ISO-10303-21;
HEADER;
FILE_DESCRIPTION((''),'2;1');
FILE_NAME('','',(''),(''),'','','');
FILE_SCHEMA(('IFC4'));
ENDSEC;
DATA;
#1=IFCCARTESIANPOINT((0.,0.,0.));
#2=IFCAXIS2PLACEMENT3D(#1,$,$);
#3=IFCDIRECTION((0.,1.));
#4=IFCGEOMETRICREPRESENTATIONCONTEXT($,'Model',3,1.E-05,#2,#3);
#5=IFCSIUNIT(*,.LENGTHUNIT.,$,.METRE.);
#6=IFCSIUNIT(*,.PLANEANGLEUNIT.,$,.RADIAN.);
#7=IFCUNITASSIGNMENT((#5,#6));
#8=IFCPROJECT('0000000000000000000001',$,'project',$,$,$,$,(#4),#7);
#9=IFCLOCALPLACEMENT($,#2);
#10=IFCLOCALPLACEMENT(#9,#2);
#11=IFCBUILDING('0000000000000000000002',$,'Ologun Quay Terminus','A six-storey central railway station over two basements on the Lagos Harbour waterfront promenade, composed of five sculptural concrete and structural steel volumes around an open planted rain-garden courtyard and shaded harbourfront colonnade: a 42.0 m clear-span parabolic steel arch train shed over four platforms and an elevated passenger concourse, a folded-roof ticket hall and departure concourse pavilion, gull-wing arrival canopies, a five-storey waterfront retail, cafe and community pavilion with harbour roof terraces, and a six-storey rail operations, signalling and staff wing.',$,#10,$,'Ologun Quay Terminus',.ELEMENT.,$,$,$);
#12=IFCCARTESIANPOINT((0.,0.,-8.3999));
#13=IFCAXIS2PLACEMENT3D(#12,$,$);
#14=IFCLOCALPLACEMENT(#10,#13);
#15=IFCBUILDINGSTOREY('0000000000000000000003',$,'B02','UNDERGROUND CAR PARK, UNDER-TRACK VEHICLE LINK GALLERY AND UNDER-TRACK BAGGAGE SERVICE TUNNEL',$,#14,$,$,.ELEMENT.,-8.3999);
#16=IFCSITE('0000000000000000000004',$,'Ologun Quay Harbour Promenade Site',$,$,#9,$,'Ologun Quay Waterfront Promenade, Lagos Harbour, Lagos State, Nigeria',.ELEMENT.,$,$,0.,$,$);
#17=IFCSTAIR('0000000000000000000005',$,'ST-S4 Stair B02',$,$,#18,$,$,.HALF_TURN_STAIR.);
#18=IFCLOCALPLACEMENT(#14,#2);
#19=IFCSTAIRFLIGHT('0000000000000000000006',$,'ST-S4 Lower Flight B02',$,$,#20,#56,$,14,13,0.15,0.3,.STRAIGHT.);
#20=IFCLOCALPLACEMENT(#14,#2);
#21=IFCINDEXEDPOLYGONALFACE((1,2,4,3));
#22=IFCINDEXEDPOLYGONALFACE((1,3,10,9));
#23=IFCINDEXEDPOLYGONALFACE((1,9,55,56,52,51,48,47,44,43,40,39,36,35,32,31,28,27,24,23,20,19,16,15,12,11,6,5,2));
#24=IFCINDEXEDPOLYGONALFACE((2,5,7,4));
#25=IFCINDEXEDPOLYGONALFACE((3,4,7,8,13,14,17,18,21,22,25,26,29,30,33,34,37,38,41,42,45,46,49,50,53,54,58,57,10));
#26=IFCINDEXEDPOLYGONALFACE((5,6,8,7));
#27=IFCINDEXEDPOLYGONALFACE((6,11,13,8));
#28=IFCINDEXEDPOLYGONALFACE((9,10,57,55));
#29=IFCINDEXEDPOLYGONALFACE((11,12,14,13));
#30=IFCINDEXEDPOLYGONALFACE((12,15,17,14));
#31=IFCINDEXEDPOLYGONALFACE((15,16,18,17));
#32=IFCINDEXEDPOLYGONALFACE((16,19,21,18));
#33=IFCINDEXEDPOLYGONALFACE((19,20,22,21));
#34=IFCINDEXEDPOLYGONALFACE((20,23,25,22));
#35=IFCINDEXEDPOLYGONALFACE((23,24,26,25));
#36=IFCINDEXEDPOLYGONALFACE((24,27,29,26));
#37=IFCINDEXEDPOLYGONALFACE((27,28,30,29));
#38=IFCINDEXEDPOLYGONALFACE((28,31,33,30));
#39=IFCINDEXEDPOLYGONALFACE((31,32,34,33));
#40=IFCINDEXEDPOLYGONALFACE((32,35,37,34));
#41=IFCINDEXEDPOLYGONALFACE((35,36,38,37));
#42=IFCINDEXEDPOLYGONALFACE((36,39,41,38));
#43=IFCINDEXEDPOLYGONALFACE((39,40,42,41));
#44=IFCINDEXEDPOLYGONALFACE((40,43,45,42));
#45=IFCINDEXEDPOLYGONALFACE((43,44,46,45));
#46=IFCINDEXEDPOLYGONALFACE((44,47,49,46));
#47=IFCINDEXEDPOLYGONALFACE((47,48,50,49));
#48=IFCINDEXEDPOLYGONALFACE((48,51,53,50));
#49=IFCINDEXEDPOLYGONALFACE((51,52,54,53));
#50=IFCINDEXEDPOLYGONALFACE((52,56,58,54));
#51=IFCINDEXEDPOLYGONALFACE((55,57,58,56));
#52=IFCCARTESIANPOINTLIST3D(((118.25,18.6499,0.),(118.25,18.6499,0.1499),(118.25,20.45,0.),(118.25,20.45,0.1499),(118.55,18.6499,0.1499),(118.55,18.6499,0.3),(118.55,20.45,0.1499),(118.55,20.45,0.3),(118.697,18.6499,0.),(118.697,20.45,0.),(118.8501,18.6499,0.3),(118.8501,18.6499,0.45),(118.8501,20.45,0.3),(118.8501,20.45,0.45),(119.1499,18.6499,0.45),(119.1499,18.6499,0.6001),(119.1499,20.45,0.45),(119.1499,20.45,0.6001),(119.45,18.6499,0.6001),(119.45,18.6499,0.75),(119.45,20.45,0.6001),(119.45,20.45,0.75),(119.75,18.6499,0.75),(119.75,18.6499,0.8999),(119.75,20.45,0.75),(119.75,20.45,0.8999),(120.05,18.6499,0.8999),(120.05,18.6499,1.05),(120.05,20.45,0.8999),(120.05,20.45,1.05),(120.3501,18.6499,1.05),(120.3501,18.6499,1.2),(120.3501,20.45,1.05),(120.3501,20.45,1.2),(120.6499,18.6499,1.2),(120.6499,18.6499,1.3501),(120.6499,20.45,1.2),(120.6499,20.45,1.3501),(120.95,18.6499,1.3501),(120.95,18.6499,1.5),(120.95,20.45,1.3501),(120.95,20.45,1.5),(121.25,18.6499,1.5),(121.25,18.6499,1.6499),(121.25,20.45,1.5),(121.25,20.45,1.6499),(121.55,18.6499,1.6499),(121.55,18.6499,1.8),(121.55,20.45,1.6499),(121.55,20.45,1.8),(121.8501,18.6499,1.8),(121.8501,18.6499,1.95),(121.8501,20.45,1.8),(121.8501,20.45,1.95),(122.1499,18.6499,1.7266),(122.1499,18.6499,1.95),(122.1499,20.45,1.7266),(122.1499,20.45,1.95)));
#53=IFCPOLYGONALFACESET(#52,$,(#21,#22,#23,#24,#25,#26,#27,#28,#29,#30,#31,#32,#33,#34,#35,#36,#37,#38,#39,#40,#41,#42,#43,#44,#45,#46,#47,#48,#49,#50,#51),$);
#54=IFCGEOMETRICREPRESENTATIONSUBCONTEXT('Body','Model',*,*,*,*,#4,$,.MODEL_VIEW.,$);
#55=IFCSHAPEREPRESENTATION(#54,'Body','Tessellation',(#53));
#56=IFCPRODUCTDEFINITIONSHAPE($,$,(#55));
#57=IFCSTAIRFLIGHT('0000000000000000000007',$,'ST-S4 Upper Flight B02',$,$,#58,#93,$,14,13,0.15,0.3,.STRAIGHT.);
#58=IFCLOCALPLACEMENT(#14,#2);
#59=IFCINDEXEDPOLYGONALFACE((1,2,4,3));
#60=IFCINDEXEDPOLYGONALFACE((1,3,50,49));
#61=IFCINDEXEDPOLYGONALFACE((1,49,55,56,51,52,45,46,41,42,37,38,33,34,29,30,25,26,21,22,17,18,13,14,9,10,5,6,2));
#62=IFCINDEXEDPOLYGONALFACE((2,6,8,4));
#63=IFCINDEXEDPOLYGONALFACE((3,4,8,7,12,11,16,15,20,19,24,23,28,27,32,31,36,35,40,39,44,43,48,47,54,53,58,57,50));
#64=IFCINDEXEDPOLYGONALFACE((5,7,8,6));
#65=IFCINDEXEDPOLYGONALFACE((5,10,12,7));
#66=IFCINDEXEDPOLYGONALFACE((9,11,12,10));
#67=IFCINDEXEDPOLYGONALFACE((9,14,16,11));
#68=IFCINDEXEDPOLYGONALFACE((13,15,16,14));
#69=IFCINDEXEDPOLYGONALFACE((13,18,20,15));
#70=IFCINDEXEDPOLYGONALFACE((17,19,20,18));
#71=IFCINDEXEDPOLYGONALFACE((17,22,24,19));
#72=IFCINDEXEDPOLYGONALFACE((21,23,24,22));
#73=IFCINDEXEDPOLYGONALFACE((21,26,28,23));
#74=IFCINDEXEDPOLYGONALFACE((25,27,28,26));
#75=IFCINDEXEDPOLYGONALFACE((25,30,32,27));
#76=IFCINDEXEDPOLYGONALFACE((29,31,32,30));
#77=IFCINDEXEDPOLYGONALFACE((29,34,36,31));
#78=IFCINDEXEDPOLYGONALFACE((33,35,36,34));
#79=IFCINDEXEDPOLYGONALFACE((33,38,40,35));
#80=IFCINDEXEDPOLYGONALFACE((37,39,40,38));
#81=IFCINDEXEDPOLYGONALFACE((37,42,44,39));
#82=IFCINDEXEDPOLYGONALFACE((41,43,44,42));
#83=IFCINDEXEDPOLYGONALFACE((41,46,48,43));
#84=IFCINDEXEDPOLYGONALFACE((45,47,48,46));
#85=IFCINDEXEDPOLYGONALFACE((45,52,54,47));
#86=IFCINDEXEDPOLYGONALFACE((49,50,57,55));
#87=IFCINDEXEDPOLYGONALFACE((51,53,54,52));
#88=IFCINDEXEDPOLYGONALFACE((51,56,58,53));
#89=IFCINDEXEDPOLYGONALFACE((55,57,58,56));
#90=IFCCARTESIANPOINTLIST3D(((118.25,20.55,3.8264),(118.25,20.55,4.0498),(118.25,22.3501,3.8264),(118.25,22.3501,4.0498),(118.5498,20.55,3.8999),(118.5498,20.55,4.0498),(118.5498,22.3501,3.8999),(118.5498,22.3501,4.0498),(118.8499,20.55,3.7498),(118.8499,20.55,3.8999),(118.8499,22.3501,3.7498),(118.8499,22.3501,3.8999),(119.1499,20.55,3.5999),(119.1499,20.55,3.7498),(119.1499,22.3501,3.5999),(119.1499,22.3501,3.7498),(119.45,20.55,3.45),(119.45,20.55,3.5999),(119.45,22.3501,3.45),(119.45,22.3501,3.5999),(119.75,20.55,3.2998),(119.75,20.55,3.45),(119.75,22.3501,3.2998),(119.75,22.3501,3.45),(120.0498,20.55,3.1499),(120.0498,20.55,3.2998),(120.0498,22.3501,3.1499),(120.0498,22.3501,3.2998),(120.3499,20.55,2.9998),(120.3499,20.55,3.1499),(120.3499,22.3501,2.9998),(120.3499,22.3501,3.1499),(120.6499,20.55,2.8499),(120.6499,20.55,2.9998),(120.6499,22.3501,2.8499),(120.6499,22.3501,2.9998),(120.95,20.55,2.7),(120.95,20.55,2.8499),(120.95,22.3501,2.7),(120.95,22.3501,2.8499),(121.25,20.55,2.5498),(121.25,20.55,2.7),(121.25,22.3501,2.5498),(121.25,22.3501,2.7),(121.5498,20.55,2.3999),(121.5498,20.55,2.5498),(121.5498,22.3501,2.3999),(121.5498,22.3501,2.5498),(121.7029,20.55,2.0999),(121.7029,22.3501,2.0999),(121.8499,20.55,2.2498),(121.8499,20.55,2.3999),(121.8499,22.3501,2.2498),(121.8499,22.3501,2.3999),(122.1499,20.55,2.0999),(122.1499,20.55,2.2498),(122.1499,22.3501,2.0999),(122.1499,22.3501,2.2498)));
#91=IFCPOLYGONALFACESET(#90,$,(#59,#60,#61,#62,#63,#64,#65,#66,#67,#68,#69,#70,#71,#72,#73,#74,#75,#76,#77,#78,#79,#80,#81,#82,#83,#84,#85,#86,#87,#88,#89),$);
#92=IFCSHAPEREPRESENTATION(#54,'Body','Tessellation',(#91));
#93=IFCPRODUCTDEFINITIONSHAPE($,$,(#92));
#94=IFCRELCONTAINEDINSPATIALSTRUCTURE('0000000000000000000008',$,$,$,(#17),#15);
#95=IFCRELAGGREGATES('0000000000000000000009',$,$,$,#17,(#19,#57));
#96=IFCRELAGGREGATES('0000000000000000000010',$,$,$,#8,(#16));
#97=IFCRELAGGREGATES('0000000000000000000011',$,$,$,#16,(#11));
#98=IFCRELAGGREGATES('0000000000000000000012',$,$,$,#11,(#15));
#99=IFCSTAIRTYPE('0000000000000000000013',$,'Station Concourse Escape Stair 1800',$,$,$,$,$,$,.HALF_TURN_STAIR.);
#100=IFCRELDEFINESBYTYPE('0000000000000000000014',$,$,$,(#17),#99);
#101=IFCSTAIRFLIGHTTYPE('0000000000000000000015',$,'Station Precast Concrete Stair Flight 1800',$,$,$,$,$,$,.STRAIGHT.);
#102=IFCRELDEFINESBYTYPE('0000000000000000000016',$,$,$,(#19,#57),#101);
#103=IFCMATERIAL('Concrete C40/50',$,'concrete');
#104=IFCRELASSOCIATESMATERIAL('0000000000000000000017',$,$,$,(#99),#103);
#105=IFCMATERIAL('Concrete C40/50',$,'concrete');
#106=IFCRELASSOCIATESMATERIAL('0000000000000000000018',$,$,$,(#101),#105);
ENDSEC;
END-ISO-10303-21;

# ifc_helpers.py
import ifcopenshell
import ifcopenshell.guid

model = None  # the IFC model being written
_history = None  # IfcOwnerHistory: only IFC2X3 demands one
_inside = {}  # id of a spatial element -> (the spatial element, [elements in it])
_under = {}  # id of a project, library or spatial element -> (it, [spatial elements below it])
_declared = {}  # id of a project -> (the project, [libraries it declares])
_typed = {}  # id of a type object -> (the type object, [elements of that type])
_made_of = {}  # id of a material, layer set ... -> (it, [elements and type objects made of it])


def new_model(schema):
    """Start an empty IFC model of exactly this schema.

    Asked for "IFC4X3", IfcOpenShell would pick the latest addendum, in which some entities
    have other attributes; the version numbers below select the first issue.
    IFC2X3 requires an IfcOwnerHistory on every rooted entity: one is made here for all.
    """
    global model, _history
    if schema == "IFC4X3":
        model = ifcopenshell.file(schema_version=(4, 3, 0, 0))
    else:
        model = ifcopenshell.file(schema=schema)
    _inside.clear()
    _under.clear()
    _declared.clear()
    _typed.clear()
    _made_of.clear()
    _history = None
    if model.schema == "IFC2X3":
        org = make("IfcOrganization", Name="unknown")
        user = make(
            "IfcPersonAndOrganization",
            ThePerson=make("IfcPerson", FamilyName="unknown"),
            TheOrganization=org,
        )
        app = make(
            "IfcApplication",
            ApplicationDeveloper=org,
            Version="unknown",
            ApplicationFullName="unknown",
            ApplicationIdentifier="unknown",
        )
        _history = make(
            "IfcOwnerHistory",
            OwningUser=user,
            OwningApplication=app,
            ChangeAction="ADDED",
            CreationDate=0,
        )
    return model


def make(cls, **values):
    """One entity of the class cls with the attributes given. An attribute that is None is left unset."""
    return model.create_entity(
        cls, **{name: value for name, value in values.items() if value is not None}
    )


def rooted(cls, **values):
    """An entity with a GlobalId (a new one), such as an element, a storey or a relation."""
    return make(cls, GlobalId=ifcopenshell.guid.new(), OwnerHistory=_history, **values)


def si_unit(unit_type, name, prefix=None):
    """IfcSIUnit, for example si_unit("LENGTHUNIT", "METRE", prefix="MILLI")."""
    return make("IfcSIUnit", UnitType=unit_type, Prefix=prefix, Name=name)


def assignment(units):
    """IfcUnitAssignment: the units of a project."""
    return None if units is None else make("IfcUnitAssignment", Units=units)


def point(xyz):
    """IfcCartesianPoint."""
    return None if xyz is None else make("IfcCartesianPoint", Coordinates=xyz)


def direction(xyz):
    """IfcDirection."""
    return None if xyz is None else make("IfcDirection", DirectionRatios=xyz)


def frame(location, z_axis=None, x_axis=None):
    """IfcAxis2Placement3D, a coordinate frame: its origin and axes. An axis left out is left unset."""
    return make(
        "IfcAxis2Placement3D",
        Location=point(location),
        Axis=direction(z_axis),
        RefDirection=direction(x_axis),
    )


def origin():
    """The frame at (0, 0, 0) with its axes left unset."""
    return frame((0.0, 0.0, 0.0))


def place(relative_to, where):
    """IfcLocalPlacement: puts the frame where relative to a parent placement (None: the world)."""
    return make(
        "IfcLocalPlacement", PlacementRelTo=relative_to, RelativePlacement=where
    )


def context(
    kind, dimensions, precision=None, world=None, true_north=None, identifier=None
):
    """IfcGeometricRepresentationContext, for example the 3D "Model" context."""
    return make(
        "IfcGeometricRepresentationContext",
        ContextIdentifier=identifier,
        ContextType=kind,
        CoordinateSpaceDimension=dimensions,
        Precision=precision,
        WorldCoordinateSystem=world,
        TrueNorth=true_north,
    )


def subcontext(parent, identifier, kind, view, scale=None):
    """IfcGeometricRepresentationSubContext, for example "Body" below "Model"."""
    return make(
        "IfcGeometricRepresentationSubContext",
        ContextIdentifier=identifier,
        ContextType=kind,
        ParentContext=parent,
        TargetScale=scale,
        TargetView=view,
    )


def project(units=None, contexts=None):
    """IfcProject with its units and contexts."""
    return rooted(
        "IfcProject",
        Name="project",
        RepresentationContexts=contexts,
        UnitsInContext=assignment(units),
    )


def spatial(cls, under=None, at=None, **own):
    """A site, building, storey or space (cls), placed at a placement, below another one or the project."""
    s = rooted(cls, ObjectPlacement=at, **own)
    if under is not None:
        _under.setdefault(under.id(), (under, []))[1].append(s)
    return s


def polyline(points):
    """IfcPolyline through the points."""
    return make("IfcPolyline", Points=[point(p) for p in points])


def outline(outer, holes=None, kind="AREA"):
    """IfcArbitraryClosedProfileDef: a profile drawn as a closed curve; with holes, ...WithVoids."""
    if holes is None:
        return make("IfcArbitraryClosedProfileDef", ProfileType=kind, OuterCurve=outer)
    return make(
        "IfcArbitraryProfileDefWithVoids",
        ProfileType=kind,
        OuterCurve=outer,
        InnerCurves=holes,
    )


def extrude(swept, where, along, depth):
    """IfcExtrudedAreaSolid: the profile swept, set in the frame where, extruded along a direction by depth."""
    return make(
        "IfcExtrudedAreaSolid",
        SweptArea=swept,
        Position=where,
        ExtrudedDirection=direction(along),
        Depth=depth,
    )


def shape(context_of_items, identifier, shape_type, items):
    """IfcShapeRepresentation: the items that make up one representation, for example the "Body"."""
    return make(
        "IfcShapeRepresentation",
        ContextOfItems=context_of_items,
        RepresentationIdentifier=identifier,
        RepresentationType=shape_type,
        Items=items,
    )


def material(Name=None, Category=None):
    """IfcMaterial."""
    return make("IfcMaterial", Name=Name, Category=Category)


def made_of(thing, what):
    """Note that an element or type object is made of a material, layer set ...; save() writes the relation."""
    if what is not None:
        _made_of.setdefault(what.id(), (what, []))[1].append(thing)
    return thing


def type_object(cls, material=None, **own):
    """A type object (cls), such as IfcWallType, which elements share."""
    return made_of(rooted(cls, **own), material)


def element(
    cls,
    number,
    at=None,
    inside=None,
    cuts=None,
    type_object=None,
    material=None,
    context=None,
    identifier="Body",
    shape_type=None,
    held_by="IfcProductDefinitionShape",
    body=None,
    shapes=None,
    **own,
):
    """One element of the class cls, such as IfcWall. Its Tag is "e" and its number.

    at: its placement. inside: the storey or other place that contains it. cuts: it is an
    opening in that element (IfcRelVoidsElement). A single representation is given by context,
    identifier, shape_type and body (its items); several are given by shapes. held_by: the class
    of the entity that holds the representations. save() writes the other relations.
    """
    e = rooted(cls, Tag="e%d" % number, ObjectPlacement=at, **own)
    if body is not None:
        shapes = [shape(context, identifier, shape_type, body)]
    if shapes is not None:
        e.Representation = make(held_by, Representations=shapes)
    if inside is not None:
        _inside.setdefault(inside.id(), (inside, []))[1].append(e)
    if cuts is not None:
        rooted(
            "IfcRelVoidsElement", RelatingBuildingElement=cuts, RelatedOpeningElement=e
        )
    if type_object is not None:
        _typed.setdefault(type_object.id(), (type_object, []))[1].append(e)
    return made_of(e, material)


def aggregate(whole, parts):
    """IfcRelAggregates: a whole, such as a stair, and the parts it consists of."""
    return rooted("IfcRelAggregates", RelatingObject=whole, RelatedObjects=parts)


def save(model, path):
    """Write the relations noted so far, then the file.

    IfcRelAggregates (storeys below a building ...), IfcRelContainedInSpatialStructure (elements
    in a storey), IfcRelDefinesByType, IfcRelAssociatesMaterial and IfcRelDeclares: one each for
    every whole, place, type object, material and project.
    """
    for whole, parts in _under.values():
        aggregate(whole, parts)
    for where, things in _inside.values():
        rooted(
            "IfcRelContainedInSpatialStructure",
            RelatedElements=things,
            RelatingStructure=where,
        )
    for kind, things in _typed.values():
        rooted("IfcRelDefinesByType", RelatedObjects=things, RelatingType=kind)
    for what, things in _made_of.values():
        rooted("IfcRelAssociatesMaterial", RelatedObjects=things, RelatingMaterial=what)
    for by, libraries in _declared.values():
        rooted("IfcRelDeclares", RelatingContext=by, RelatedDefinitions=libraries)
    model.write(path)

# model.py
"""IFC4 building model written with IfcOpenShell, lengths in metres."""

from ifc_helpers import new_model, si_unit, direction, frame, origin, place, context, subcontext, project, spatial, polyline, outline, extrude, material, type_object, element, aggregate, save


model = new_model("IFC4")

# Units and contexts
model_context = context("Model", 3, precision=1e-05, world=origin(), true_north=direction((0.0, 1.0)))
body_context = subcontext(model_context, "Body", "Model", "MODEL_VIEW")
ifc_project = project(units=[si_unit("LENGTHUNIT", "METRE"), si_unit("PLANEANGLEUNIT", "RADIAN")], contexts=[model_context])

# Site, building, storey
site_placement = place(None, origin())
site = spatial("IfcSite", under=ifc_project, at=site_placement, Name="Ologun Quay Harbour Promenade Site", LongName="Ologun Quay Waterfront Promenade, Lagos Harbour, Lagos State, Nigeria", CompositionType="ELEMENT", RefElevation=0.0)
building_placement = place(site_placement, origin())
building = spatial("IfcBuilding", under=site, at=building_placement, Name="Ologun Quay Terminus", Description="A six-storey central railway station over two basements on the Lagos Harbour waterfront promenade, composed of five sculptural concrete and structural steel volumes around an open planted rain-garden courtyard and shaded harbourfront colonnade: a 42.0 m clear-span parabolic steel arch train shed over four platforms and an elevated passenger concourse, a folded-roof ticket hall and departure concourse pavilion, gull-wing arrival canopies, a five-storey waterfront retail, cafe and community pavilion with harbour roof terraces, and a six-storey rail operations, signalling and staff wing.", LongName="Ologun Quay Terminus", CompositionType="ELEMENT")
storey_placement = place(building_placement, frame((0.0, 0.0, -8.3999)))
storey = spatial("IfcBuildingStorey", under=building, at=storey_placement, Name="B02", Description="UNDERGROUND CAR PARK, UNDER-TRACK VEHICLE LINK GALLERY AND UNDER-TRACK BAGGAGE SERVICE TUNNEL", CompositionType="ELEMENT", Elevation=-8.3999)

# Stair, stair flights
ifc_material_1 = material(Name="Concrete C40/50", Category="concrete")
stair_type = type_object("IfcStairType", Name="Station Concourse Escape Stair 1800", PredefinedType="HALF_TURN_STAIR", material=ifc_material_1)
stair_placement = place(storey_placement, origin())
stair = element("IfcStair", 1, at=stair_placement, inside=storey, type_object=stair_type, Name="ST-S4 Stair B02", PredefinedType="HALF_TURN_STAIR")
ifc_material_2 = material(Name="Concrete C40/50", Category="concrete")
stair_flight_type = type_object("IfcStairFlightType", Name="Station Precast Concrete Stair Flight 1800", PredefinedType="STRAIGHT", material=ifc_material_2)
stair_flight_1_placement = place(storey_placement, frame((118.25, 19.55, 0.0), z_axis=(0.0, 0.0, 1.0), x_axis=(1.0, 0.0, 0.0)))
stair_flight_1 = element("IfcStairFlight", 2, at=stair_flight_1_placement, type_object=stair_flight_type, Name="ST-S4 Lower Flight B02", NumberOfRisers=14, NumberOfTreads=13, PredefinedType="STRAIGHT", RiserHeight=0.15, TreadLength=0.3, context=body_context, shape_type="SweptSolid", body=[
    extrude(outline(polyline([(0.0, 0.0), (0.0, 0.1499), (0.3, 0.1499), (0.3, 0.3), (0.6001, 0.3), (0.6001, 0.45), (0.8999, 0.45), (0.8999, 0.6001), (1.2, 0.6001), (1.2, 0.75), (1.5, 0.75), (1.5, 0.8999), (1.8, 0.8999), (1.8, 1.05), (2.1001, 1.05), (2.1001, 1.2), (2.3999, 1.2), (2.3999, 1.3501), (2.7, 1.3501), (2.7, 1.5), (3.0, 1.5), (3.0, 1.6499), (3.3, 1.6499), (3.3, 1.8), (3.6001, 1.8), (3.6001, 1.95), (3.8999, 1.95), (3.8999, 2.1001), (3.8999, 1.7266), (0.447, 0.0), (0.0, 0.0)])), frame((0.0, 0.8999, 0.0), z_axis=(0.0, -1.0, 0.0), x_axis=(1.0, 0.0, 0.0)), (0.0, 0.0, 1.0), 1.8),
])
stair_flight_2_placement = place(storey_placement, frame((122.1499, 21.45, 2.0999), z_axis=(0.0, 0.0, 1.0), x_axis=(-1.0, 0.0, 0.0)))
stair_flight_2 = element("IfcStairFlight", 3, at=stair_flight_2_placement, type_object=stair_flight_type, Name="ST-S4 Upper Flight B02", NumberOfRisers=14, NumberOfTreads=13, PredefinedType="STRAIGHT", RiserHeight=0.15, TreadLength=0.3, context=body_context, shape_type="SweptSolid", body=[
    extrude(outline(polyline([(0.0, 0.0), (0.0, 0.1499), (0.3, 0.1499), (0.3, 0.3), (0.6001, 0.3), (0.6001, 0.45), (0.8999, 0.45), (0.8999, 0.6001), (1.2, 0.6001), (1.2, 0.75), (1.5, 0.75), (1.5, 0.8999), (1.8, 0.8999), (1.8, 1.05), (2.1001, 1.05), (2.1001, 1.2), (2.3999, 1.2), (2.3999, 1.3501), (2.7, 1.3501), (2.7, 1.5), (3.0, 1.5), (3.0, 1.6499), (3.3, 1.6499), (3.3, 1.8), (3.6001, 1.8), (3.6001, 1.95), (3.8999, 1.95), (3.8999, 2.1001), (3.8999, 1.7266), (0.447, 0.0), (0.0, 0.0)])), frame((0.0, 0.8999, 0.0), z_axis=(0.0, -1.0, 0.0), x_axis=(1.0, 0.0, 0.0)), (0.0, 0.0, 1.0), 1.8),
])
aggregate(stair, [stair_flight_1, stair_flight_2])

save(model, "model.ifc")
